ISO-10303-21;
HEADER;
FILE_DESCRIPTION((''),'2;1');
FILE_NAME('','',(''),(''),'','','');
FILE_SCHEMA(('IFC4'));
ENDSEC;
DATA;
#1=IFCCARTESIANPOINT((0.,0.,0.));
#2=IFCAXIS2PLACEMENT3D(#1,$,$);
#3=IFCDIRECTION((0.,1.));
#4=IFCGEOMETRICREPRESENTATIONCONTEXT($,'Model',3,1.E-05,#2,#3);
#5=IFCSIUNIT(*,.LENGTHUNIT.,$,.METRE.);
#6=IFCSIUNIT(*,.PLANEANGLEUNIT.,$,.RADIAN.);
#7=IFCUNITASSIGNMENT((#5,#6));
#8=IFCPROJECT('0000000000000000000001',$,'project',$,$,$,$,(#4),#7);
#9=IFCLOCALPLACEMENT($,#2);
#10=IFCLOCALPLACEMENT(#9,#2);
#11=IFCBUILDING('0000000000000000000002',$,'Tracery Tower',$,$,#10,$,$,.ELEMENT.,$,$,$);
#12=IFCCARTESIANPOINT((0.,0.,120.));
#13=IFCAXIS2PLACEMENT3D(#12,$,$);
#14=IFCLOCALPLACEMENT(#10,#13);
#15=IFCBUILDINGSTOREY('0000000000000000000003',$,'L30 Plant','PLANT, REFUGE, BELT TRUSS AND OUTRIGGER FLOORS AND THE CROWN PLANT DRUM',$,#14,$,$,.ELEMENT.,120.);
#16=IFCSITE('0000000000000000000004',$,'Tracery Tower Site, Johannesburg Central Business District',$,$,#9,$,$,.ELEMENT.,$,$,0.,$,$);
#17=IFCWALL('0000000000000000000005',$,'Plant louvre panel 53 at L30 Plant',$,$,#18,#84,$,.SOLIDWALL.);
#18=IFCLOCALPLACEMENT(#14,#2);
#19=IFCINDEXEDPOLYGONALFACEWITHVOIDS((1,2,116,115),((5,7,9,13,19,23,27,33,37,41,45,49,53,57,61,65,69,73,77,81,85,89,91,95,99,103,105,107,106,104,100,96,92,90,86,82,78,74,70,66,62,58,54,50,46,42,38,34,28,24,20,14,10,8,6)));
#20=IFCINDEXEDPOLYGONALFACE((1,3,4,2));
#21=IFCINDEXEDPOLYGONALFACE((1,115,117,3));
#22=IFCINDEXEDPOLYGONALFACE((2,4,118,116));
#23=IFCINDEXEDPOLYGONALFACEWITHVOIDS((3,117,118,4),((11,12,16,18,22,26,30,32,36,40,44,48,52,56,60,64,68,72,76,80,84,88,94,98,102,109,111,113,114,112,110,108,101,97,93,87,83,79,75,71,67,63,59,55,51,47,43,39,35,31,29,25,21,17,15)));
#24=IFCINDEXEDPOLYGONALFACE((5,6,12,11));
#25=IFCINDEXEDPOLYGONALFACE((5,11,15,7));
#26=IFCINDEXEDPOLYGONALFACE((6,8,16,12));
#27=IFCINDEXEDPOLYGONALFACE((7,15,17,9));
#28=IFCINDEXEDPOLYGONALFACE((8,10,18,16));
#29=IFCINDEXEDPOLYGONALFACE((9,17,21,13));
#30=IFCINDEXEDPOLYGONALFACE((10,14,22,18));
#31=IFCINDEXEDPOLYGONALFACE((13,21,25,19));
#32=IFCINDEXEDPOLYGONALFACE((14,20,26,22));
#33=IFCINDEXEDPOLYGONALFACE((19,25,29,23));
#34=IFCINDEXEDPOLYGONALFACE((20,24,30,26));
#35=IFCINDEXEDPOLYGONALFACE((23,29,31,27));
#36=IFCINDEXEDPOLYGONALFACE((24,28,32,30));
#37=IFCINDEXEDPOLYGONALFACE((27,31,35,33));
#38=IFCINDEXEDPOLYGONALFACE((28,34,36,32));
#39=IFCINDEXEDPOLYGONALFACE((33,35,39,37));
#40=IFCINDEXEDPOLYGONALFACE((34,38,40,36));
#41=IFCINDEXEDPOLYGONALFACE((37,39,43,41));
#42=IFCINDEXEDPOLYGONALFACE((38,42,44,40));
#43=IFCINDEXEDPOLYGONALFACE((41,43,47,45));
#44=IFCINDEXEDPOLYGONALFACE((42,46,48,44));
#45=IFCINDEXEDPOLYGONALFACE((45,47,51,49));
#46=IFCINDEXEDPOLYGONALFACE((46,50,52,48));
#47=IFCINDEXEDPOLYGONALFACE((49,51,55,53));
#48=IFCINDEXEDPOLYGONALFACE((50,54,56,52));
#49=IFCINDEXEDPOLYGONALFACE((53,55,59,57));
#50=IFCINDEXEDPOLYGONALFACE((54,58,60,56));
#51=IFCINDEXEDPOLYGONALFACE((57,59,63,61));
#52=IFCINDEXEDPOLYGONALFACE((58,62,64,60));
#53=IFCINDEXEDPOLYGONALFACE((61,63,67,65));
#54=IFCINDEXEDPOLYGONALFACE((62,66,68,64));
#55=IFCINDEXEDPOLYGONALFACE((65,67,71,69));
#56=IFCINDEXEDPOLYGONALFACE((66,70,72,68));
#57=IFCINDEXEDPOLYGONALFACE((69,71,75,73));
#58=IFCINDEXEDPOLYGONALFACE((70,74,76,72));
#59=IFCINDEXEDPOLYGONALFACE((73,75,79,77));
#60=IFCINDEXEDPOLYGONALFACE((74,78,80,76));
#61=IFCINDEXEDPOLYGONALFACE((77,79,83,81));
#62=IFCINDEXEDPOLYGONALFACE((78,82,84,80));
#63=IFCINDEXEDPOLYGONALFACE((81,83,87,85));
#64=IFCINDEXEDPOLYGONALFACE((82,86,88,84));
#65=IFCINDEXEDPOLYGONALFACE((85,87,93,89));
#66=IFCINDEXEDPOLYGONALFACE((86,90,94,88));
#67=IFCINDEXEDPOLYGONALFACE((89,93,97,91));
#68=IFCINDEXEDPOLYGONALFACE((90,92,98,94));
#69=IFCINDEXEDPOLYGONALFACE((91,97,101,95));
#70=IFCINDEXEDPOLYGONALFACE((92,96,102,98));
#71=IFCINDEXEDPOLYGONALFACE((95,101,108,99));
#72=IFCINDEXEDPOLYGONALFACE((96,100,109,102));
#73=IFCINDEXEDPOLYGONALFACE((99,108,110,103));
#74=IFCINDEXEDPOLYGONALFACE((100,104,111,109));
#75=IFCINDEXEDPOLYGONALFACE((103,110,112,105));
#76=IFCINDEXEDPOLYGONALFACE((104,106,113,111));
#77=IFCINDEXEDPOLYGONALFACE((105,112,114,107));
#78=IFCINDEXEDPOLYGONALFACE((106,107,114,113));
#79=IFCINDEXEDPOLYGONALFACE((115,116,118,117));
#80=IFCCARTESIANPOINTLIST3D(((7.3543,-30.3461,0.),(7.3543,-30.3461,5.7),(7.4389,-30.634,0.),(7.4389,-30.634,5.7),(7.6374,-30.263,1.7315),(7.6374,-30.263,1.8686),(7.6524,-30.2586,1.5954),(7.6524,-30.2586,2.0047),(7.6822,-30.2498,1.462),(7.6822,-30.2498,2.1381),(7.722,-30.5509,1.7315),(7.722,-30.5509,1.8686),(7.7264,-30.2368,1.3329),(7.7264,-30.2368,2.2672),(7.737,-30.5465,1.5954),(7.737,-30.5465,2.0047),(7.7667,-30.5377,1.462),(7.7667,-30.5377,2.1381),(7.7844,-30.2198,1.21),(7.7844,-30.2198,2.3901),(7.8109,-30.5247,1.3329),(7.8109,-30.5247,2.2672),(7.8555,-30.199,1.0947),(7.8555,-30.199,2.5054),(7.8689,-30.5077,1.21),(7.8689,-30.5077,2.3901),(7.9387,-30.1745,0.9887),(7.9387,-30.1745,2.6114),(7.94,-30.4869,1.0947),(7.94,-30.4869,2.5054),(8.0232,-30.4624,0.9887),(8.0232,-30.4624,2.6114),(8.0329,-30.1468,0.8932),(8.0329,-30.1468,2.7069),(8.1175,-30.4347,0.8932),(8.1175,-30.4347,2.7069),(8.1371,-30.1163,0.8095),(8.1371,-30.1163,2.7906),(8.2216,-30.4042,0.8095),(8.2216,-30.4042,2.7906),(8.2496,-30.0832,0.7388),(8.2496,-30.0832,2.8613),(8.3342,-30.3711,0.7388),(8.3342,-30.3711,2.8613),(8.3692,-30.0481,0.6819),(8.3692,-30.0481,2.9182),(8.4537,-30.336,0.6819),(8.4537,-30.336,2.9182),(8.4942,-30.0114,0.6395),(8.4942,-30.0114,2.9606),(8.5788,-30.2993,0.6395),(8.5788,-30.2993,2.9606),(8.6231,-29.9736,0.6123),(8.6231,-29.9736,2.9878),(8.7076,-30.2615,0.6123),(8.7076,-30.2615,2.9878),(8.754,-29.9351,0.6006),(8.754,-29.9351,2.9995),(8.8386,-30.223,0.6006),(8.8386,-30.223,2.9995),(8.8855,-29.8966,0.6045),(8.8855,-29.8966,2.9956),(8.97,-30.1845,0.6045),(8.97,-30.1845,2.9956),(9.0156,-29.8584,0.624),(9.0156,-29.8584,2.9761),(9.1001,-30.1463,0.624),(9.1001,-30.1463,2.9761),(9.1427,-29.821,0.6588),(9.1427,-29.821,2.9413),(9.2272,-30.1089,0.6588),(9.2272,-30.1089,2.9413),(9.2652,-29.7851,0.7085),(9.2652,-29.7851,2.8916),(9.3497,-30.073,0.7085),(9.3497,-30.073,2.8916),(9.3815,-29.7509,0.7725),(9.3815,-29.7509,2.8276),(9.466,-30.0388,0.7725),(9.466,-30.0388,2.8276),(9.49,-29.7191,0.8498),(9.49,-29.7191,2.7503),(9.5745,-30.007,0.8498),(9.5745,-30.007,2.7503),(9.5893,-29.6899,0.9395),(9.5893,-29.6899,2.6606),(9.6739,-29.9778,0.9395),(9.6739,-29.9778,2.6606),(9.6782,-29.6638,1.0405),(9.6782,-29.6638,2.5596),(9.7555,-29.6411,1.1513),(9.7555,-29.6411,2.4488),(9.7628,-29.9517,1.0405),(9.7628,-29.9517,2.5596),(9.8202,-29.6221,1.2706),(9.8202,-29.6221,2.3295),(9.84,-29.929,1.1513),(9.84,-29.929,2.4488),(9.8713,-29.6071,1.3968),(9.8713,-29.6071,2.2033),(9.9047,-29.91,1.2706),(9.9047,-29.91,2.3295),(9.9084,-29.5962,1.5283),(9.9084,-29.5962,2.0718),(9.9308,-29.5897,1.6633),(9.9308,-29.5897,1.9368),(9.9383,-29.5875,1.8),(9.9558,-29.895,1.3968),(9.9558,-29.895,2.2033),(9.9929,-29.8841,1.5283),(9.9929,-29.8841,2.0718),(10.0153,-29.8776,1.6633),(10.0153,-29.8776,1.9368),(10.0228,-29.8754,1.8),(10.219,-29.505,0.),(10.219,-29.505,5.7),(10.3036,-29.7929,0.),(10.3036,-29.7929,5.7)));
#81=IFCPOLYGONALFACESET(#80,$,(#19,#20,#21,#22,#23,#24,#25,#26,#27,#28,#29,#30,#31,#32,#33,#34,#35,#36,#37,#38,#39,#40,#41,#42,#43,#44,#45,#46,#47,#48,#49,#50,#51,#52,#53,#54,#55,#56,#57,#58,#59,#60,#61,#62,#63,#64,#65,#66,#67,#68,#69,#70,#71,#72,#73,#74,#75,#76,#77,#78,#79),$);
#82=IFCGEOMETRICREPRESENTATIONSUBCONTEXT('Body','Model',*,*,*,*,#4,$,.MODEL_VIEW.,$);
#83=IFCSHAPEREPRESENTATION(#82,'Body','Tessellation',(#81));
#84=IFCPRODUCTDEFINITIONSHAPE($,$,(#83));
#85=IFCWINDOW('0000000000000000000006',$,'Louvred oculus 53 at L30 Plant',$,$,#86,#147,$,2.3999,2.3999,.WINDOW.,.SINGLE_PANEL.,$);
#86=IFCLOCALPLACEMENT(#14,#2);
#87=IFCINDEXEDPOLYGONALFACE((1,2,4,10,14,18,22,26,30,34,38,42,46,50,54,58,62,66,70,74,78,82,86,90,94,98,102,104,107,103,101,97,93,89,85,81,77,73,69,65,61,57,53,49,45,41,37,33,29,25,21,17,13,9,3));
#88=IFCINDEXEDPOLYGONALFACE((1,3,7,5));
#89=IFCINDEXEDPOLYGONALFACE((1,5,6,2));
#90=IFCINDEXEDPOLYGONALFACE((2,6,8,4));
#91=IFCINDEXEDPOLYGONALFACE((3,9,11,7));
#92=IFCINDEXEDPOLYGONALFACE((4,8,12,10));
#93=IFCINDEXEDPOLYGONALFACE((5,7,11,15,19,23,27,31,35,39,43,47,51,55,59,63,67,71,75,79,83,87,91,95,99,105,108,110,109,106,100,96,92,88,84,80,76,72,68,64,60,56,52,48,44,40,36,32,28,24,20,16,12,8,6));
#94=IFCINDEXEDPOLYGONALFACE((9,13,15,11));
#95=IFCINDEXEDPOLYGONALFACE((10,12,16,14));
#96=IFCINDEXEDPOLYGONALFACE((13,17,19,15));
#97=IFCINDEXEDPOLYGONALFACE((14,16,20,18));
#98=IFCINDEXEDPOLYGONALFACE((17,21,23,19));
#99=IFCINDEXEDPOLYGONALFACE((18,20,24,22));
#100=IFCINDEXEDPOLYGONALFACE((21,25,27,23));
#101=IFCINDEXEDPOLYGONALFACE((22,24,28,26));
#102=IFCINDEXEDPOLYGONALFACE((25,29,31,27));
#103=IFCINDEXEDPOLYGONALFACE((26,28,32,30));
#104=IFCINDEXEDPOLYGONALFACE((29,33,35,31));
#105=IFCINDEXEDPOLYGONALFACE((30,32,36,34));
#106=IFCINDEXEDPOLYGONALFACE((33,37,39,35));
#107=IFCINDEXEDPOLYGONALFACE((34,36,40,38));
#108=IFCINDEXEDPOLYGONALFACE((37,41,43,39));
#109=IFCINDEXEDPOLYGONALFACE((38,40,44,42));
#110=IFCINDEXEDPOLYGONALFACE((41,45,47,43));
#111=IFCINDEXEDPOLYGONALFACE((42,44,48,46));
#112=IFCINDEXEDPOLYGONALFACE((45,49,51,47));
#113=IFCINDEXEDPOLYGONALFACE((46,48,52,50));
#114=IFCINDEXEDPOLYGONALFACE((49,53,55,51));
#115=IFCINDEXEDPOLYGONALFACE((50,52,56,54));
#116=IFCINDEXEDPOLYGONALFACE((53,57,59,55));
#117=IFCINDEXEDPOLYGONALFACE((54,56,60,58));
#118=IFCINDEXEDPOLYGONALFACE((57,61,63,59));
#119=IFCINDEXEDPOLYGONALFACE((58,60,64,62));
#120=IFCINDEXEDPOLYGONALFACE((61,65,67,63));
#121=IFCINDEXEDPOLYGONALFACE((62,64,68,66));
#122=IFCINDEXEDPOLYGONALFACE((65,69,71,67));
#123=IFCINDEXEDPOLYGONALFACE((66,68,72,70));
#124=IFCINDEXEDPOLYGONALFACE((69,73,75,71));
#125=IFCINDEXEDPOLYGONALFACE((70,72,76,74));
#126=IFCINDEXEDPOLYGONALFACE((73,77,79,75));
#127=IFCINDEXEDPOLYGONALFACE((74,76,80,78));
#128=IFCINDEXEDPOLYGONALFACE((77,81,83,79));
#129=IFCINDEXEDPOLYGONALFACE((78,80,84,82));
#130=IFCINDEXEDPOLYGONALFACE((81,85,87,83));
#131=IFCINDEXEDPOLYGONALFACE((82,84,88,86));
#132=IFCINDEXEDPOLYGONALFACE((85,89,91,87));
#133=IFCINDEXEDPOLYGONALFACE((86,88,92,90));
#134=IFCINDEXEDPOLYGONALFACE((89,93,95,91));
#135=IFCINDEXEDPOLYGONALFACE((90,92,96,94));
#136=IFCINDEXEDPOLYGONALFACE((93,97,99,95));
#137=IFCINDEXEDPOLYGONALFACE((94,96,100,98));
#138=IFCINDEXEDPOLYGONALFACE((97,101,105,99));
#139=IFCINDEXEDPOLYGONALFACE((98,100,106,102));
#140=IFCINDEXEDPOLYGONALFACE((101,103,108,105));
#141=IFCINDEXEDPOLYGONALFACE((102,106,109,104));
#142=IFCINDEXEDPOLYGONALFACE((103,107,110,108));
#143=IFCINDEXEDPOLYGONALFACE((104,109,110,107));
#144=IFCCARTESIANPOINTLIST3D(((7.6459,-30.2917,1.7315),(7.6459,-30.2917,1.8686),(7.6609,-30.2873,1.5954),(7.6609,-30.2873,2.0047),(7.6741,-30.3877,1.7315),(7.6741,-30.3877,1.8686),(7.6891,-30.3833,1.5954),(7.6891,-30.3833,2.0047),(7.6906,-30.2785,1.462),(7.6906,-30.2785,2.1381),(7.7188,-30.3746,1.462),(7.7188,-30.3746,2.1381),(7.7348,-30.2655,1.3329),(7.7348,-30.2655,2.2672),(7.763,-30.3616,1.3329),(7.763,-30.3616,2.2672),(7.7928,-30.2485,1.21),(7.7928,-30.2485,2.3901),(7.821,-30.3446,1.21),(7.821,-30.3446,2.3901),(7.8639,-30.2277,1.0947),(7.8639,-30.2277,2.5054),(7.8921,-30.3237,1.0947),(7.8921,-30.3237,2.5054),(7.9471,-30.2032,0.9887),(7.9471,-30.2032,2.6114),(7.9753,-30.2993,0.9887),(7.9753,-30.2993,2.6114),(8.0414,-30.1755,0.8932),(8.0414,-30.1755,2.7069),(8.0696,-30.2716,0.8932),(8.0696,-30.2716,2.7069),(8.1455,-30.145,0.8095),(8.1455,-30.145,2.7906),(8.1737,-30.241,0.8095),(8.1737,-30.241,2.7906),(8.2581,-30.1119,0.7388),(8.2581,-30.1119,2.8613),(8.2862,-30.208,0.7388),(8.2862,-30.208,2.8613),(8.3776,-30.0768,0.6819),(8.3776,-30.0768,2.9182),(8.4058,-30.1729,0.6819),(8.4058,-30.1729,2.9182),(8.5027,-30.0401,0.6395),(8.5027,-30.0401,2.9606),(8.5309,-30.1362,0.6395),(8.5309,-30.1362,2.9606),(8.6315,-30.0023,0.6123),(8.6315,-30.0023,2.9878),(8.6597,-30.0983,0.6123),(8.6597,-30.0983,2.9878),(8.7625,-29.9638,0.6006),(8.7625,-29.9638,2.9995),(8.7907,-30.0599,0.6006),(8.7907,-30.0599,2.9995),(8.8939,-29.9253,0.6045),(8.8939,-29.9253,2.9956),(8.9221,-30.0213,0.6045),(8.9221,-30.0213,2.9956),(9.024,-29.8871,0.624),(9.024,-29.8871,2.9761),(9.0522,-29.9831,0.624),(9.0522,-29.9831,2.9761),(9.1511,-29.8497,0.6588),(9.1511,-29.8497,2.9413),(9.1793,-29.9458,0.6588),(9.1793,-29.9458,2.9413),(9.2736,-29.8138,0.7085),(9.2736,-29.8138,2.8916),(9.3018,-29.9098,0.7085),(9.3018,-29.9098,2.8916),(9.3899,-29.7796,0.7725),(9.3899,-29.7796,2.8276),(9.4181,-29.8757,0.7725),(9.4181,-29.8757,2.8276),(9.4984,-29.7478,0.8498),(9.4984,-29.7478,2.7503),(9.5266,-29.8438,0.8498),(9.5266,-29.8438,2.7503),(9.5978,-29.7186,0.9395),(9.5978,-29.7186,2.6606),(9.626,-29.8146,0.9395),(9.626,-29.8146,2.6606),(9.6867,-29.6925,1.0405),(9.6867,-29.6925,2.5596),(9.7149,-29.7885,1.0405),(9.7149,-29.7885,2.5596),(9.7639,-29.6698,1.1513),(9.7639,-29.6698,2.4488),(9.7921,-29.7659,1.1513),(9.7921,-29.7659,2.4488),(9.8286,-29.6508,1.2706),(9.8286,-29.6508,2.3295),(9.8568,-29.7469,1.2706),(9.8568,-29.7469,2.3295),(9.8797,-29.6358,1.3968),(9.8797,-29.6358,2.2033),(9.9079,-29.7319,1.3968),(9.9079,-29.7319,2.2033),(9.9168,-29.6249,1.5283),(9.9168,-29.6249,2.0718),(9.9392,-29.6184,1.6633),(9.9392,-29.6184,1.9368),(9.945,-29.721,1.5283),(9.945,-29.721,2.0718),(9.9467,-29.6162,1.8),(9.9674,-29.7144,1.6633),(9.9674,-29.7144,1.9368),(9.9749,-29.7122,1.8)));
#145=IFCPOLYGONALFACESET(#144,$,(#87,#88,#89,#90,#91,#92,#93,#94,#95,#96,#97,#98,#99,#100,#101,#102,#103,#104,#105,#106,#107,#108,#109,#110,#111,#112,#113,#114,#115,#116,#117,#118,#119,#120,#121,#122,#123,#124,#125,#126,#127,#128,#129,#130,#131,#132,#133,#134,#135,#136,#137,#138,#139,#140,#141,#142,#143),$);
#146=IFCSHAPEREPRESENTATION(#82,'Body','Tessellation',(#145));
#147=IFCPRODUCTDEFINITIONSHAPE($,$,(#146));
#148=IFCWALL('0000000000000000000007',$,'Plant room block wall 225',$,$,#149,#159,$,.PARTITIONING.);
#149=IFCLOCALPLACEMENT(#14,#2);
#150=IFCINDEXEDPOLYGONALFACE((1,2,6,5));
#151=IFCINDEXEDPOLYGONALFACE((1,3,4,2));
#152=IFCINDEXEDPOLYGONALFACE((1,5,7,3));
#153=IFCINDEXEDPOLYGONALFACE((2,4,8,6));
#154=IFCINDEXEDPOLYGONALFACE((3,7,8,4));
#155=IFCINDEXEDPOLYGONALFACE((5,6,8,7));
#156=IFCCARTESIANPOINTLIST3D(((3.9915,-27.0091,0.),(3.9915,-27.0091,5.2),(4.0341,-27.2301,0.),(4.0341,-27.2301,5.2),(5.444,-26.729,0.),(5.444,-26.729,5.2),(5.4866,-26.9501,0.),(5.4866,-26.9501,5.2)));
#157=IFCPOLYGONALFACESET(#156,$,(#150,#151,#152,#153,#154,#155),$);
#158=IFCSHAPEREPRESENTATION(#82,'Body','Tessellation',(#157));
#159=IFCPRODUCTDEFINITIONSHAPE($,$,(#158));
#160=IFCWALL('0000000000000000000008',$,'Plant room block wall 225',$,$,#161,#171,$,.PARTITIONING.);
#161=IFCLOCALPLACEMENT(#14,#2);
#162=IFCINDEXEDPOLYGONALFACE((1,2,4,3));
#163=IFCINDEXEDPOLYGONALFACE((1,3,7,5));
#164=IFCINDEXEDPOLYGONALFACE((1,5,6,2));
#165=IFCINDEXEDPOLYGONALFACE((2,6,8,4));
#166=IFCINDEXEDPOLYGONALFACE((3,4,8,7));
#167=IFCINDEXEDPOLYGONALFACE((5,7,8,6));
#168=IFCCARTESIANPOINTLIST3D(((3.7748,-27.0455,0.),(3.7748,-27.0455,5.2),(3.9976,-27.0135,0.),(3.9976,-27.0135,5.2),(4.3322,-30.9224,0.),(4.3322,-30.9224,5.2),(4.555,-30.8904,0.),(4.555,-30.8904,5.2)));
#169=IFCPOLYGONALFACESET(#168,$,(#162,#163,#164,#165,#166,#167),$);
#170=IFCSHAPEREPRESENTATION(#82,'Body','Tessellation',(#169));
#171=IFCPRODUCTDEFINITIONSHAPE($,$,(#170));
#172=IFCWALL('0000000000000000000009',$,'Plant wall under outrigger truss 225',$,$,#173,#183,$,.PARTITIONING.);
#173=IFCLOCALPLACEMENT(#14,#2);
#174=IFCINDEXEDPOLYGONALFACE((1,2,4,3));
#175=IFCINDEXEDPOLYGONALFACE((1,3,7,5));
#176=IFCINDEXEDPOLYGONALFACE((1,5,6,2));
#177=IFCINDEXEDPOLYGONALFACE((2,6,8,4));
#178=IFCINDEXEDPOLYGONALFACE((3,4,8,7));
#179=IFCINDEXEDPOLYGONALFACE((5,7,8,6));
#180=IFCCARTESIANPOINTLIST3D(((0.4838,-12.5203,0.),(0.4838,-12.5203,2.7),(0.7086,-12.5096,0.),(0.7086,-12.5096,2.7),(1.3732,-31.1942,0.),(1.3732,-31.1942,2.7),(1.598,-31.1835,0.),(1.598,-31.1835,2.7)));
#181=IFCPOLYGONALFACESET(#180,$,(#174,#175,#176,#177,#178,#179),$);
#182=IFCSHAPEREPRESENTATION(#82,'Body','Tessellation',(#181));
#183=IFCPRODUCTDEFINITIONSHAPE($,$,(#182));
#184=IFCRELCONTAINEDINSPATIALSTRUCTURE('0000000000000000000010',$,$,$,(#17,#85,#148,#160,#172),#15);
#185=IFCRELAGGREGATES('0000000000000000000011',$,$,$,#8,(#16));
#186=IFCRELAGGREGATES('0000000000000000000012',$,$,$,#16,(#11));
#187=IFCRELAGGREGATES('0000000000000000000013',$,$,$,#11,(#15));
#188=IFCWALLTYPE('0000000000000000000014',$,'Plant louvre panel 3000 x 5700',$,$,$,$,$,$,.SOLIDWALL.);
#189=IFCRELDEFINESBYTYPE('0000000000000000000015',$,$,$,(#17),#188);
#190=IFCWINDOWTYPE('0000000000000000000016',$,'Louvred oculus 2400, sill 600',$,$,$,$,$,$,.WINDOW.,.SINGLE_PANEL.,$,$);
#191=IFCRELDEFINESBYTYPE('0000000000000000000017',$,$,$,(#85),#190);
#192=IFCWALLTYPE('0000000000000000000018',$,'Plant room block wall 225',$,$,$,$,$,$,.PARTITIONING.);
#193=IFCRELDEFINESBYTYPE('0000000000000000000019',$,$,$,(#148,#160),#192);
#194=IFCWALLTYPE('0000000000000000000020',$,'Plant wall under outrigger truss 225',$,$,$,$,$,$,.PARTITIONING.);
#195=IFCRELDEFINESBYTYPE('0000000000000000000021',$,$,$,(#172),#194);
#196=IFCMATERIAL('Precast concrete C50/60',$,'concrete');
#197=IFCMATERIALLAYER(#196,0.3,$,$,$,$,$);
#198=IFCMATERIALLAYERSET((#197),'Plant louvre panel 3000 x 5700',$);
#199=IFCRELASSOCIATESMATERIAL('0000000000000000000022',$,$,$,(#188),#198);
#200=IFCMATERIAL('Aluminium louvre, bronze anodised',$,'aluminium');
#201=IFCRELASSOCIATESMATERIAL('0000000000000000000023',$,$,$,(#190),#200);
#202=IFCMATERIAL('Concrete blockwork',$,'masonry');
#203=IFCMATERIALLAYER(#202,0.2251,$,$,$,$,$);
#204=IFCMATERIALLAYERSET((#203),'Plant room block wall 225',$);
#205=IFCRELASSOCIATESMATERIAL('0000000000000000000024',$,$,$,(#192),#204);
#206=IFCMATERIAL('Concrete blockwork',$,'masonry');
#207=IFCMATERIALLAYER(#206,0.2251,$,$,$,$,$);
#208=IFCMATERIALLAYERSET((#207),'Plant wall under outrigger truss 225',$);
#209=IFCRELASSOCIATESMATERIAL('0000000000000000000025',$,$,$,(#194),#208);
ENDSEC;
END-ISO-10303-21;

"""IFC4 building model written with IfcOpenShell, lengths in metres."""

from ifc_helpers import new_model, si_unit, direction, frame, frame_2d, origin, origin_2d, place, context, subcontext, project, spatial, rectangle, circle, extrude, material, layer, layer_set, type_object, element, fill, save


model = new_model("IFC4")

# Units and contexts
model_context = context("Model", 3, precision=1e-05, world=origin(), true_north=direction((0.0, 1.0)))
body_context = subcontext(model_context, "Body", "Model", "MODEL_VIEW")
ifc_project = project(units=[si_unit("LENGTHUNIT", "METRE"), si_unit("PLANEANGLEUNIT", "RADIAN")], contexts=[model_context])

# Site, building, storey
site_placement = place(None, origin())
site = spatial("IfcSite", under=ifc_project, at=site_placement, Name="Tracery Tower Site, Johannesburg Central Business District", CompositionType="ELEMENT", RefElevation=0.0)
building_placement = place(site_placement, origin())
building = spatial("IfcBuilding", under=site, at=building_placement, Name="Tracery Tower", CompositionType="ELEMENT")
storey_placement = place(building_placement, frame((0.0, 0.0, 120.0)))
storey = spatial("IfcBuildingStorey", under=building, at=storey_placement, Name="L30 Plant", Description="PLANT, REFUGE, BELT TRUSS AND OUTRIGGER FLOORS AND THE CROWN PLANT DRUM", CompositionType="ELEMENT", Elevation=120.0)

# Wall, opening, window
ifc_material_1 = material(Name="Precast concrete C50/60", Category="concrete")
ifc_layer_1 = layer(ifc_material_1, 0.3)
ifc_layer_set_1 = layer_set([ifc_layer_1], Name="Plant louvre panel 3000 x 5700")
wall_type_1 = type_object("IfcWallType", Name="Plant louvre panel 3000 x 5700", PredefinedType="SOLIDWALL", material=ifc_layer_set_1)
ifc_material_2 = material(Name="Aluminium louvre, bronze anodised", Category="aluminium")
window_type = type_object("IfcWindowType", Name="Louvred oculus 2400, sill 600", PartitioningType="SINGLE_PANEL", PredefinedType="WINDOW", material=ifc_material_2)
wall_1_placement = place(storey_placement, frame((7.3967, -30.49, 0.0), z_axis=(0.0, 0.0, 1.0), x_axis=(0.959502, 0.281701, 0.0)))
wall_1 = element("IfcWall", 1, at=wall_1_placement, inside=storey, type_object=wall_type_1, Name="Plant louvre panel 53 at L30 Plant", PredefinedType="SOLIDWALL", context=body_context, shape_type="SweptSolid", body=[
    extrude(rectangle(XDim=2.9856, YDim=0.3, at=frame_2d((1.4927, 0.0))), origin(), (0.0, 0.0, 1.0), 5.7),
])
opening_1_placement = place(wall_1_placement, frame((1.4929, 0.0, 1.8)))
opening_1 = element("IfcOpeningElement", 2, at=opening_1_placement, cuts=wall_1, PredefinedType="OPENING", context=body_context, shape_type="SweptSolid", body=[
    extrude(circle(Radius=1.2, at=origin_2d()), frame((0.0, 0.1599, 0.0), z_axis=(0.0, -1.0, 0.0), x_axis=(1.0, 0.0, 0.0)), (0.0, 0.0, 1.0), 0.3201),
])
window_1_placement = place(opening_1_placement, origin())
window_1 = element("IfcWindow", 3, at=window_1_placement, inside=storey, type_object=window_type, Name="Louvred oculus 53 at L30 Plant", OverallHeight=2.3999, OverallWidth=2.3999, PartitioningType="SINGLE_PANEL", PredefinedType="WINDOW", context=body_context, shape_type="SweptSolid", body=[
    extrude(circle(Radius=1.2, at=origin_2d()), frame((0.0, 0.1201, 0.0), z_axis=(0.0, -1.0, 0.0), x_axis=(1.0, 0.0, 0.0)), (0.0, 0.0, 1.0), 0.1001),
])
fill(opening_1, window_1)

# Walls
ifc_material_3 = material(Name="Concrete blockwork", Category="masonry")
ifc_layer_2 = layer(ifc_material_3, 0.2251)
ifc_layer_set_2 = layer_set([ifc_layer_2], Name="Plant room block wall 225")
wall_type_2 = type_object("IfcWallType", Name="Plant room block wall 225", PredefinedType="PARTITIONING", material=ifc_layer_set_2)
wall_2_placement = place(storey_placement, frame((4.0127, -27.1196, 0.0), z_axis=(0.0, 0.0, 1.0), x_axis=(0.981916, 0.189319, 0.0)))
element("IfcWall", 4, at=wall_2_placement, inside=storey, type_object=wall_type_2, Name="Plant room block wall 225", PredefinedType="PARTITIONING", context=body_context, shape_type="SweptSolid", body=[
    extrude(rectangle(XDim=1.4792, YDim=0.2251, at=frame_2d((0.7397, 0.0))), origin(), (0.0, 0.0, 1.0), 5.2),
])
wall_3_placement = place(storey_placement, frame((4.4436, -30.9065, 0.0), z_axis=(0.0, 0.0, 1.0), x_axis=(-0.142303, 0.989823, 0.0)))
element("IfcWall", 5, at=wall_3_placement, inside=storey, type_object=wall_type_2, Name="Plant room block wall 225", PredefinedType="PARTITIONING", context=body_context, shape_type="SweptSolid", body=[
    extrude(rectangle(XDim=3.9167, YDim=0.2251, at=frame_2d((1.9585, 0.0))), origin(), (0.0, 0.0, 1.0), 5.2),
])
ifc_material_4 = material(Name="Concrete blockwork", Category="masonry")
ifc_layer_3 = layer(ifc_material_4, 0.2251)
ifc_layer_set_3 = layer_set([ifc_layer_3], Name="Plant wall under outrigger truss 225")
wall_type_3 = type_object("IfcWallType", Name="Plant wall under outrigger truss 225", PredefinedType="PARTITIONING", material=ifc_layer_set_3)
wall_4_placement = place(storey_placement, frame((1.4856, -31.189, 0.0), z_axis=(0.0, 0.0, 1.0), x_axis=(-0.047574, 0.998868, 0.0)))
element("IfcWall", 6, at=wall_4_placement, inside=storey, type_object=wall_type_3, Name="Plant wall under outrigger truss 225", PredefinedType="PARTITIONING", context=body_context, shape_type="SweptSolid", body=[
    extrude(rectangle(XDim=18.6951, YDim=0.2251, at=frame_2d((9.3477, 0.0))), origin(), (0.0, 0.0, 1.0), 2.7),
])

save(model, "model.ifc")
